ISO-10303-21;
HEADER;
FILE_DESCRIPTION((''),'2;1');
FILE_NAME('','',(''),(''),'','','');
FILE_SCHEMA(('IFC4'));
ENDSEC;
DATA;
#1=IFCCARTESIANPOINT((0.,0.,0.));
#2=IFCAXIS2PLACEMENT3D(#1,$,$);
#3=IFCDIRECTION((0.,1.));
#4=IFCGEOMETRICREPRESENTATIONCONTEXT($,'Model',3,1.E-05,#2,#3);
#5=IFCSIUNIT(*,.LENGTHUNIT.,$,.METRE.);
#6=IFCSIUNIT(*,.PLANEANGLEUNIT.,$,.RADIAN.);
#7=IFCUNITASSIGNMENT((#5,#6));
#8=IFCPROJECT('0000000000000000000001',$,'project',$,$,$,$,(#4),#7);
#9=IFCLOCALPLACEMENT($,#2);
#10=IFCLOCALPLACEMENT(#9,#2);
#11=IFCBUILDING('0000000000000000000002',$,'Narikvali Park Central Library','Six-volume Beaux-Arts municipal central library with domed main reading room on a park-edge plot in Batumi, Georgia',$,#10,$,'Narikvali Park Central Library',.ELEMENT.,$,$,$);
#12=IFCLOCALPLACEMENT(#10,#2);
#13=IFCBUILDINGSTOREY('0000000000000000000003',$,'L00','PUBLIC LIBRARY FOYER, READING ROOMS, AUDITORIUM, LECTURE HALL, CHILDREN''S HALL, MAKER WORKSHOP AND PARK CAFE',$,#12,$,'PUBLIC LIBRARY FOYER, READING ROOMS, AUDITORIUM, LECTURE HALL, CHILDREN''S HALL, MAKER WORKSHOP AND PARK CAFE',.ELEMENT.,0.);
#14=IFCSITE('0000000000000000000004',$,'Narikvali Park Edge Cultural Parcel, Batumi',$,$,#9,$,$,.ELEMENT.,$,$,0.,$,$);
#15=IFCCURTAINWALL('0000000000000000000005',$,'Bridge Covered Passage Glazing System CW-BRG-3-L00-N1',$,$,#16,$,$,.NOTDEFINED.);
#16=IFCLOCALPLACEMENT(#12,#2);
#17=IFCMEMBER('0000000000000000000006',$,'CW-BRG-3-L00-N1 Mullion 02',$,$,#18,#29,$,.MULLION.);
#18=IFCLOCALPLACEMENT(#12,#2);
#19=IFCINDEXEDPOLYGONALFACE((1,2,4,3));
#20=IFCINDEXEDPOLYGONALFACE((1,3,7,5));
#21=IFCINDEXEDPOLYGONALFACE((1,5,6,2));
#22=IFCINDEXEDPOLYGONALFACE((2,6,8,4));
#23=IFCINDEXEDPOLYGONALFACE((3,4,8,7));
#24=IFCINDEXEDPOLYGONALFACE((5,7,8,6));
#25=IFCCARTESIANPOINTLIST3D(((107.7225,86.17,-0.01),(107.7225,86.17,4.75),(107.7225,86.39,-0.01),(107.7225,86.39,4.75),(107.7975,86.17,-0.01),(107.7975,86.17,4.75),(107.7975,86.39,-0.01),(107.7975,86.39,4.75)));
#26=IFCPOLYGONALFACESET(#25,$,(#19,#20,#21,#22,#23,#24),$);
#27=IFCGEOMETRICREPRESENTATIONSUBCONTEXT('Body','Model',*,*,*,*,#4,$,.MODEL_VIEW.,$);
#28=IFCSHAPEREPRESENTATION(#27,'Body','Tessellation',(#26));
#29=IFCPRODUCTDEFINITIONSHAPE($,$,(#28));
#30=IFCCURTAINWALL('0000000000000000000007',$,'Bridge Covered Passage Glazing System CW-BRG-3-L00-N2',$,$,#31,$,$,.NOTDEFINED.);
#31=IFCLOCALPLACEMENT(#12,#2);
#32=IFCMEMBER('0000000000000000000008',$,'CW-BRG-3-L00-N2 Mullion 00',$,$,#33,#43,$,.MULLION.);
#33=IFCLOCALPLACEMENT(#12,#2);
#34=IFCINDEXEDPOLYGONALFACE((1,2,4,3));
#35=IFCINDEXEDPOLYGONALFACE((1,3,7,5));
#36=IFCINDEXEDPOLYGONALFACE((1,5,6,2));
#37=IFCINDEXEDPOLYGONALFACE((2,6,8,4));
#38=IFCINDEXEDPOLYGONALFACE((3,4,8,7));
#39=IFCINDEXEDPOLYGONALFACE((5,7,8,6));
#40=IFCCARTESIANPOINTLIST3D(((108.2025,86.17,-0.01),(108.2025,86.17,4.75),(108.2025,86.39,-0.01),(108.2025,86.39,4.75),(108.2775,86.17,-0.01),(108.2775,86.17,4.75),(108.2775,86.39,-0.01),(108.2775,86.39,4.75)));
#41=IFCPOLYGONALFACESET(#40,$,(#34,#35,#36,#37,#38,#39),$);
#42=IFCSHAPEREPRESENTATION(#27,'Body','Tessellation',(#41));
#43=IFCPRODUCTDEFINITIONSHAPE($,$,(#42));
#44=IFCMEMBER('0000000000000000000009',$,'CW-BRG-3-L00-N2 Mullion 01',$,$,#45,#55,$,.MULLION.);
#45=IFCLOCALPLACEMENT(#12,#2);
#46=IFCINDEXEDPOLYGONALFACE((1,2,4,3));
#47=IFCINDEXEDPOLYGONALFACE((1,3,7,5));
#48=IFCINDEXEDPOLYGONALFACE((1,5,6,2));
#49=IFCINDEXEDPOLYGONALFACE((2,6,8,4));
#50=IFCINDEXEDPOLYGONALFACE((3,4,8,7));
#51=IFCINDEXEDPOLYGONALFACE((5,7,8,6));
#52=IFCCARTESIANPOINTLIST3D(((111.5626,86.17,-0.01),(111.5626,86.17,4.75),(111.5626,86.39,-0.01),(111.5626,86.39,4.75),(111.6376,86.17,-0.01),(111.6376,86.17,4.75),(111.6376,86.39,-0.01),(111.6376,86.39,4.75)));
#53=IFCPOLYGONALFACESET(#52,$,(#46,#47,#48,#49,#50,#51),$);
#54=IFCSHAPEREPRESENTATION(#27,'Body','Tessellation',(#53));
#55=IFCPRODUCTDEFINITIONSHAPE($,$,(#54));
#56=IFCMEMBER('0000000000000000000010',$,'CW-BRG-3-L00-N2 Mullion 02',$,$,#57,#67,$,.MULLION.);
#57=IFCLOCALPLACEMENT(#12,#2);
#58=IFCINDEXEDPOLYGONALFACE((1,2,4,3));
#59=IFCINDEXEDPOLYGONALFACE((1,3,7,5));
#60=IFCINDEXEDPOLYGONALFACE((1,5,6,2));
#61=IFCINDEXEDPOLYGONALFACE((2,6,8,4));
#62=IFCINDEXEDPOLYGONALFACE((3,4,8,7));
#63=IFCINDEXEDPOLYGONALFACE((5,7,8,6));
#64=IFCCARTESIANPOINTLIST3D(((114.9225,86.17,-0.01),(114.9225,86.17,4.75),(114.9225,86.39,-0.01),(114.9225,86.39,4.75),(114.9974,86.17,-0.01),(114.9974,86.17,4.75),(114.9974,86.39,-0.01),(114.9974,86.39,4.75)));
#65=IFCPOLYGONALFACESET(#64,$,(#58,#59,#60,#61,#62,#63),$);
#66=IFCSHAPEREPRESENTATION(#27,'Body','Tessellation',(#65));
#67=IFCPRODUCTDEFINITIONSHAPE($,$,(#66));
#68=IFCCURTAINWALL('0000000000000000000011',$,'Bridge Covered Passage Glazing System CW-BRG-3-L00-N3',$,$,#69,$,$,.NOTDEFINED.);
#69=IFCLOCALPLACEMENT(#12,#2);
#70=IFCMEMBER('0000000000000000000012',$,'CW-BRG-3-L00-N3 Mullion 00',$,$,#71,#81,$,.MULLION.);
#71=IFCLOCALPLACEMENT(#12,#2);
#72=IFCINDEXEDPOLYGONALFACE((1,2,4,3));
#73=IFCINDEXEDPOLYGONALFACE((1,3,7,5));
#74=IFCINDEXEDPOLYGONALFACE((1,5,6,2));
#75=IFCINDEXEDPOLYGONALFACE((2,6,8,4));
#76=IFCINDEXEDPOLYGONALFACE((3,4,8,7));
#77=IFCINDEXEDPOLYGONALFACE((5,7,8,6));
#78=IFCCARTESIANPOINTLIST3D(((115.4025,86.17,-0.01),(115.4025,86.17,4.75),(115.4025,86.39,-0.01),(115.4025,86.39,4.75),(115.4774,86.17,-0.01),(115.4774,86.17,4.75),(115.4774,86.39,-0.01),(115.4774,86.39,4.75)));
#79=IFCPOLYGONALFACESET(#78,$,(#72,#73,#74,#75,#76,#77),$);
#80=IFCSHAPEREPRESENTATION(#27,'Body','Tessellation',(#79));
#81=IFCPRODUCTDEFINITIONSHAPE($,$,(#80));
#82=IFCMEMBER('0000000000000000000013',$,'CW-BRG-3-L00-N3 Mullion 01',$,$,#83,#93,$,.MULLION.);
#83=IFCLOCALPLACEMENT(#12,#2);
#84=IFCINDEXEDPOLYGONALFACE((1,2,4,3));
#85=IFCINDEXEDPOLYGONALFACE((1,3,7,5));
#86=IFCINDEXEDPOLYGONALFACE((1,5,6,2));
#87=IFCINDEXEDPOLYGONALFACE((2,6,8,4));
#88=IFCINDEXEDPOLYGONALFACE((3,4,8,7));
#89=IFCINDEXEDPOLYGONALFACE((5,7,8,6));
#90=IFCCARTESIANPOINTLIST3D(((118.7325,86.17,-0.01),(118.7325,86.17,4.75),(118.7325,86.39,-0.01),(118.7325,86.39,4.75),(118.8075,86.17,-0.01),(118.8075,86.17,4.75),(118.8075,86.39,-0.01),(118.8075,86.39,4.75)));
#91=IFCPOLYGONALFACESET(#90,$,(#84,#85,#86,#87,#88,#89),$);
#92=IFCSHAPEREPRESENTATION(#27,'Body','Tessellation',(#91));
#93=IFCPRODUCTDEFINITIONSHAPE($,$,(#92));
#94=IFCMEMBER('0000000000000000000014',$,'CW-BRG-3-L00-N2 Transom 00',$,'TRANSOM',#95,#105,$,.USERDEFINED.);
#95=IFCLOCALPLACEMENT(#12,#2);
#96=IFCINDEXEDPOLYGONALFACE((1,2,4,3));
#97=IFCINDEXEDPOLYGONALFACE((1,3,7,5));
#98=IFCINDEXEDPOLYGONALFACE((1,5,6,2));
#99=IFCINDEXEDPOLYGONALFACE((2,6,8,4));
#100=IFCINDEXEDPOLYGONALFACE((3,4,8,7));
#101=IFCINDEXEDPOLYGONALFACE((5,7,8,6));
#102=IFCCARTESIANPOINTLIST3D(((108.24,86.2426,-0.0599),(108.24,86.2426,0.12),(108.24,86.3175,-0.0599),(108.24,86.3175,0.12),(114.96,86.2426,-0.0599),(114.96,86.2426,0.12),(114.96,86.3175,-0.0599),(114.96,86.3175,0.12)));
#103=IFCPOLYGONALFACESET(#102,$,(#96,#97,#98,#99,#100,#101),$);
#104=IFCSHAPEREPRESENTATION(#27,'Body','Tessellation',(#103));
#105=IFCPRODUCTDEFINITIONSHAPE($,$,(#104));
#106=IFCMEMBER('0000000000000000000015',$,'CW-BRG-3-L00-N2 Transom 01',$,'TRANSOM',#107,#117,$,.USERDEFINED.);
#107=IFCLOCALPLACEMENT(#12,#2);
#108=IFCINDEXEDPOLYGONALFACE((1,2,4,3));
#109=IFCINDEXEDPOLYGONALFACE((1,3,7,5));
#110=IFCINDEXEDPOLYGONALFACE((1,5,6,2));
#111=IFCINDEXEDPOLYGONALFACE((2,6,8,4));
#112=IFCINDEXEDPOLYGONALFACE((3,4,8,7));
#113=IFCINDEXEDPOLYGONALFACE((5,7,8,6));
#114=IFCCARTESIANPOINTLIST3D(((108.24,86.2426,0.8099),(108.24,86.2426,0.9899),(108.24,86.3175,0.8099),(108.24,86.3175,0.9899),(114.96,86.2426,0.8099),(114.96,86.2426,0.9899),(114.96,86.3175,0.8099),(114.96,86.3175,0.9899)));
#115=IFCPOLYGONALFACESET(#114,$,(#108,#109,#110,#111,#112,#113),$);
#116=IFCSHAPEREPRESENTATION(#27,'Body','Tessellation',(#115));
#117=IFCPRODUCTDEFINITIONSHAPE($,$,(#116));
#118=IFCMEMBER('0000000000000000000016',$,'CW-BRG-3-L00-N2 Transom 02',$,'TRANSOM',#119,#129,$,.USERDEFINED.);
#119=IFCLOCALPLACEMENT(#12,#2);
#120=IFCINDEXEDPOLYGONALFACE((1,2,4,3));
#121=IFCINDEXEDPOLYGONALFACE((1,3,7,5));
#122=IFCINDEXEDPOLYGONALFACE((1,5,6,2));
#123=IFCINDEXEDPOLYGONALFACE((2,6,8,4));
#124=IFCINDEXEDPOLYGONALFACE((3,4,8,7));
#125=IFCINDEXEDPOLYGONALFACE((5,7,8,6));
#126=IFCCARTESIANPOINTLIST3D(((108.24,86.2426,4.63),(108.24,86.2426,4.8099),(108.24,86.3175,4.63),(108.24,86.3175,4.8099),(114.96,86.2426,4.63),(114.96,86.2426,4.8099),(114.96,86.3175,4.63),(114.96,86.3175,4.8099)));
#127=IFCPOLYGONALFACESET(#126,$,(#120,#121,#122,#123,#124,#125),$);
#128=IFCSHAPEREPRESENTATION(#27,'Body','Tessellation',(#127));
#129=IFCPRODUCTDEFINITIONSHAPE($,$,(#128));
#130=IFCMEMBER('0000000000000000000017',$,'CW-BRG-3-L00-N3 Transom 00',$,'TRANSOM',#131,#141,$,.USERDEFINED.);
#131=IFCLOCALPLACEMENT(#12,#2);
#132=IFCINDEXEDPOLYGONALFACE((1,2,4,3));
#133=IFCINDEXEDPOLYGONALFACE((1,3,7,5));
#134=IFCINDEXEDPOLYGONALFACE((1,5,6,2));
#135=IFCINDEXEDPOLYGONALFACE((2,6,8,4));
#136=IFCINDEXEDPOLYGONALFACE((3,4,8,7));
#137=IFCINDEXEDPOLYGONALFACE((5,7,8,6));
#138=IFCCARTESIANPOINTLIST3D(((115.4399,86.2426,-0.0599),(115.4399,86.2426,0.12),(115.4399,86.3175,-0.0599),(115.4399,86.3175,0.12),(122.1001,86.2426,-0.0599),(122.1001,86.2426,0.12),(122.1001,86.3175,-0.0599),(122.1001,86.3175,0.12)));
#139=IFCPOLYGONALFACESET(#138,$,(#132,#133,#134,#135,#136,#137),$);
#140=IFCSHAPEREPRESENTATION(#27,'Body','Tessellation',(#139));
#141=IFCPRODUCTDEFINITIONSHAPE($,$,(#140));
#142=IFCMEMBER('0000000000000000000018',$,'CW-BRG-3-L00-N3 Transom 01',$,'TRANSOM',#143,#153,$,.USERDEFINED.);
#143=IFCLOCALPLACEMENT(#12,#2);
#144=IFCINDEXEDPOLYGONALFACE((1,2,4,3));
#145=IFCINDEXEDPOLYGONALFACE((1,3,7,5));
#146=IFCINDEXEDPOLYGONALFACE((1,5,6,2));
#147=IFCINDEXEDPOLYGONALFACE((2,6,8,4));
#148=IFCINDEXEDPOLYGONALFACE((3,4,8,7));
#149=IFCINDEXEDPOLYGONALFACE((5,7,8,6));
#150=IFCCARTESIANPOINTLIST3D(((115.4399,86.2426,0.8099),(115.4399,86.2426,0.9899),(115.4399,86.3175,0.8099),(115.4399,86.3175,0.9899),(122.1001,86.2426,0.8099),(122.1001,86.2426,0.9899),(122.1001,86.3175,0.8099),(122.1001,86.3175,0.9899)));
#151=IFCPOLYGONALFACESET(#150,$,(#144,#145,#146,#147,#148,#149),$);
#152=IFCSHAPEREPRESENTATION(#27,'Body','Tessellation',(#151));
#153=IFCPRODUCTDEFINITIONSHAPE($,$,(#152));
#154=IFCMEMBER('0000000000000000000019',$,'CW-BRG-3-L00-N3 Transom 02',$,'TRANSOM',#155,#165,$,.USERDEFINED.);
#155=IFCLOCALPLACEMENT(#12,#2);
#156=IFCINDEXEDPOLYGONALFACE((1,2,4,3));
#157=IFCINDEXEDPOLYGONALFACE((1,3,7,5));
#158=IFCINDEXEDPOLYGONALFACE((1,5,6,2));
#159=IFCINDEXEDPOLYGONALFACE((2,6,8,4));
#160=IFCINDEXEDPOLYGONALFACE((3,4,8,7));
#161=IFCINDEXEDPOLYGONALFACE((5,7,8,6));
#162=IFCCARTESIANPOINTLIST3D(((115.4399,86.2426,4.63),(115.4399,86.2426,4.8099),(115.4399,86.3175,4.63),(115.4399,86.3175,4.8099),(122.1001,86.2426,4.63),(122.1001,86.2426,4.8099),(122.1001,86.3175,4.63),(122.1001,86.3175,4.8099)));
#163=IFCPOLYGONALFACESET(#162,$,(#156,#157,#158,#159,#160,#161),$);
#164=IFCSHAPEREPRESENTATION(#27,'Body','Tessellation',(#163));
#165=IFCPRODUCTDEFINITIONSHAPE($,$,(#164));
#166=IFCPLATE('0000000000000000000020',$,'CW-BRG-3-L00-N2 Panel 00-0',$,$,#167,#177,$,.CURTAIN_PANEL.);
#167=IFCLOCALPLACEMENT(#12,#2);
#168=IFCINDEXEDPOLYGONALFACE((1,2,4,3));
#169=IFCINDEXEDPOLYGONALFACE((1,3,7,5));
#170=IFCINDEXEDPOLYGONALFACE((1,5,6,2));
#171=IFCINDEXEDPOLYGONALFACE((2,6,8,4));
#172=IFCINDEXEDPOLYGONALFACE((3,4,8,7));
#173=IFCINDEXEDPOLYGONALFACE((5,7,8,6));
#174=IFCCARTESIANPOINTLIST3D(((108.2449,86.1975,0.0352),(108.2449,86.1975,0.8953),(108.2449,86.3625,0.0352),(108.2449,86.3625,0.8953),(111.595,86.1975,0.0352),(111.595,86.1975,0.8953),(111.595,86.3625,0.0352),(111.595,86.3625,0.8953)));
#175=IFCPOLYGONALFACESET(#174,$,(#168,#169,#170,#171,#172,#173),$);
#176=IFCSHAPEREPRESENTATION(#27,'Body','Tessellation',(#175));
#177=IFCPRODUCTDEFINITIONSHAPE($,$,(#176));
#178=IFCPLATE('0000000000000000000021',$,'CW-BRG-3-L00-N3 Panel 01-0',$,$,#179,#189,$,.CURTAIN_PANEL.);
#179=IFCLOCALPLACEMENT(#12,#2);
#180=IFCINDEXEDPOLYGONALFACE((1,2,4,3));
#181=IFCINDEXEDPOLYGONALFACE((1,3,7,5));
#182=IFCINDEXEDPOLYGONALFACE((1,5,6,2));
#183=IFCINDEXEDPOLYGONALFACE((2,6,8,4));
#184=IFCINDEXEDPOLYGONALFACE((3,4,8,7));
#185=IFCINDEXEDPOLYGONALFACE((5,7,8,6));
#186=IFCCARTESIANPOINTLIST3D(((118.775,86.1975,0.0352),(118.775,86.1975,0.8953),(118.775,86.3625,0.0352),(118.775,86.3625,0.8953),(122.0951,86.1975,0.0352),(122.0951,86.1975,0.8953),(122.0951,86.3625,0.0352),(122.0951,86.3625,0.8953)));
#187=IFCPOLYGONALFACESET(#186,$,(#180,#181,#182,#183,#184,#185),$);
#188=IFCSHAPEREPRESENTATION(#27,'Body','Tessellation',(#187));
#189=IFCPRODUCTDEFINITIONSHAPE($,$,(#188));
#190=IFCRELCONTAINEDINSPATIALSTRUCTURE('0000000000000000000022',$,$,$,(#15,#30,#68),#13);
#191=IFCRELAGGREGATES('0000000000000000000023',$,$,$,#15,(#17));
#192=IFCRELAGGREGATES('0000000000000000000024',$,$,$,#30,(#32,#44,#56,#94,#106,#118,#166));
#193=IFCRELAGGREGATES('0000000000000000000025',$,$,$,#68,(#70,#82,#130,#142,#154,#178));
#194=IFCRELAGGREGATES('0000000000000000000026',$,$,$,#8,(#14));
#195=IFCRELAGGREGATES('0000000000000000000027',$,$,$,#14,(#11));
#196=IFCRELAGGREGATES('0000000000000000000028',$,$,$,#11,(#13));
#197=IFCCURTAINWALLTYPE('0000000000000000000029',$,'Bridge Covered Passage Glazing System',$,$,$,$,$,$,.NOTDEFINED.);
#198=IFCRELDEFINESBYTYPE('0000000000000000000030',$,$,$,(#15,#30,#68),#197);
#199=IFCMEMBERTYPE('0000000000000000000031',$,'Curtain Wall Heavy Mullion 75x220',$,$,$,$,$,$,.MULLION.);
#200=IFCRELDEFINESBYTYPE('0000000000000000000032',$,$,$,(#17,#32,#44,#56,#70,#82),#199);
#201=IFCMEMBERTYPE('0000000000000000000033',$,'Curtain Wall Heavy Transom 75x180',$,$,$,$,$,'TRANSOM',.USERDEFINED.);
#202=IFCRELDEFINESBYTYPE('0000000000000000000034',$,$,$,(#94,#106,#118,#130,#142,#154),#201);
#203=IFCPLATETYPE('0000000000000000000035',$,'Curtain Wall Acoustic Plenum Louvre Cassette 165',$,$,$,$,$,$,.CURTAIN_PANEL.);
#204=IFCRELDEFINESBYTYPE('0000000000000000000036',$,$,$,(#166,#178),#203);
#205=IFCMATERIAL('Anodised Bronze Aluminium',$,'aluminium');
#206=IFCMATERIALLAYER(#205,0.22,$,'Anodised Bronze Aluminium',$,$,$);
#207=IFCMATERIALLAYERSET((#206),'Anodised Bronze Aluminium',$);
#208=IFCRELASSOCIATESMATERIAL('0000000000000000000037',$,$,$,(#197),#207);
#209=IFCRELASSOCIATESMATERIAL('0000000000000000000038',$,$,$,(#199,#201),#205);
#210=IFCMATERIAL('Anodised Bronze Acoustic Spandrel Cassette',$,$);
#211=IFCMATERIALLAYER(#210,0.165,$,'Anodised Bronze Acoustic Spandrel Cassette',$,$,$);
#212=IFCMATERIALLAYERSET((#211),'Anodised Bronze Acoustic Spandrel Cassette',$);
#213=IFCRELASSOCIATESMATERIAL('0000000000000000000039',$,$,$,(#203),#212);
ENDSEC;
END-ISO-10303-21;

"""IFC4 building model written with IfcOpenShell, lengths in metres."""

from ifc_helpers import new_model, si_unit, direction, frame, origin, origin_2d, place, context, subcontext, project, spatial, rectangle, extrude, material, layer, layer_set, material_profile, profile_set, type_object, element, aggregate, save


model = new_model("IFC4")

# Units and contexts
model_context = context("Model", 3, precision=1e-05, world=origin(), true_north=direction((0.0, 1.0)))
body_context = subcontext(model_context, "Body", "Model", "MODEL_VIEW")
ifc_project = project(units=[si_unit("LENGTHUNIT", "METRE"), si_unit("PLANEANGLEUNIT", "RADIAN")], contexts=[model_context])

# Site, building, storey
site_placement = place(None, origin())
site = spatial("IfcSite", under=ifc_project, at=site_placement, Name="Narikvali Park Edge Cultural Parcel, Batumi", CompositionType="ELEMENT", RefElevation=0.0)
building_placement = place(site_placement, origin())
building = spatial("IfcBuilding", under=site, at=building_placement, Name="Narikvali Park Central Library", Description="Six-volume Beaux-Arts municipal central library with domed main reading room on a park-edge plot in Batumi, Georgia", LongName="Narikvali Park Central Library", CompositionType="ELEMENT")
storey_placement = place(building_placement, origin())
storey = spatial("IfcBuildingStorey", under=building, at=storey_placement, Name="L00", Description="PUBLIC LIBRARY FOYER, READING ROOMS, AUDITORIUM, LECTURE HALL, CHILDREN'S HALL, MAKER WORKSHOP AND PARK CAFE", LongName="PUBLIC LIBRARY FOYER, READING ROOMS, AUDITORIUM, LECTURE HALL, CHILDREN'S HALL, MAKER WORKSHOP AND PARK CAFE", CompositionType="ELEMENT", Elevation=0.0)

# Curtain wall, member
ifc_material_1 = material(Name="Anodised Bronze Aluminium", Category="aluminium")
ifc_layer_1 = layer(ifc_material_1, 0.22, Name="Anodised Bronze Aluminium")
ifc_layer_set_1 = layer_set([ifc_layer_1], Name="Anodised Bronze Aluminium")
curtain_wall_type = type_object("IfcCurtainWallType", Name="Bridge Covered Passage Glazing System", PredefinedType="NOTDEFINED", material=ifc_layer_set_1)
curtain_wall_1_placement = place(storey_placement, origin())
curtain_wall_1 = element("IfcCurtainWall", 1, at=curtain_wall_1_placement, inside=storey, type_object=curtain_wall_type, Name="Bridge Covered Passage Glazing System CW-BRG-3-L00-N1", PredefinedType="NOTDEFINED")
ifc_material_profile_1 = material_profile(ifc_material_1, rectangle(XDim=0.075, YDim=0.22, at=origin_2d()), Name="CW MULLION 75x220")
ifc_profile_set_1 = profile_set([ifc_material_profile_1], Name="Anodised Bronze Aluminium")
member_type_1 = type_object("IfcMemberType", Name="Curtain Wall Heavy Mullion 75x220", PredefinedType="MULLION", material=ifc_profile_set_1)
member_1_placement = place(storey_placement, frame((107.76, 86.28, -0.01), z_axis=(0.0, 0.0, 1.0), x_axis=(1.0, 0.0, 0.0)))
member_1 = element("IfcMember", 2, at=member_1_placement, type_object=member_type_1, Name="CW-BRG-3-L00-N1 Mullion 02", PredefinedType="MULLION", context=body_context, shape_type="SweptSolid", body=[
    extrude(rectangle(XDim=0.075, YDim=0.22, at=origin_2d()), origin(), (0.0, 0.0, 1.0), 4.76),
])
aggregate(curtain_wall_1, [member_1])

# Curtain walls, members
curtain_wall_2_placement = place(storey_placement, origin())
curtain_wall_2 = element("IfcCurtainWall", 3, at=curtain_wall_2_placement, inside=storey, type_object=curtain_wall_type, Name="Bridge Covered Passage Glazing System CW-BRG-3-L00-N2", PredefinedType="NOTDEFINED")
member_2_placement = place(storey_placement, frame((108.24, 86.28, -0.01), z_axis=(0.0, 0.0, 1.0), x_axis=(1.0, 0.0, 0.0)))
member_2 = element("IfcMember", 4, at=member_2_placement, type_object=member_type_1, Name="CW-BRG-3-L00-N2 Mullion 00", PredefinedType="MULLION", context=body_context, shape_type="SweptSolid", body=[
    extrude(rectangle(XDim=0.075, YDim=0.22, at=origin_2d()), origin(), (0.0, 0.0, 1.0), 4.76),
])
member_3_placement = place(storey_placement, frame((111.6001, 86.28, -0.01), z_axis=(0.0, 0.0, 1.0), x_axis=(1.0, 0.0, 0.0)))
member_3 = element("IfcMember", 5, at=member_3_placement, type_object=member_type_1, Name="CW-BRG-3-L00-N2 Mullion 01", PredefinedType="MULLION", context=body_context, shape_type="SweptSolid", body=[
    extrude(rectangle(XDim=0.075, YDim=0.22, at=origin_2d()), origin(), (0.0, 0.0, 1.0), 4.76),
])
member_4_placement = place(storey_placement, frame((114.96, 86.28, -0.01), z_axis=(0.0, 0.0, 1.0), x_axis=(1.0, 0.0, 0.0)))
member_4 = element("IfcMember", 6, at=member_4_placement, type_object=member_type_1, Name="CW-BRG-3-L00-N2 Mullion 02", PredefinedType="MULLION", context=body_context, shape_type="SweptSolid", body=[
    extrude(rectangle(XDim=0.075, YDim=0.22, at=origin_2d()), origin(), (0.0, 0.0, 1.0), 4.76),
])
curtain_wall_3_placement = place(storey_placement, origin())
curtain_wall_3 = element("IfcCurtainWall", 7, at=curtain_wall_3_placement, inside=storey, type_object=curtain_wall_type, Name="Bridge Covered Passage Glazing System CW-BRG-3-L00-N3", PredefinedType="NOTDEFINED")
member_5_placement = place(storey_placement, frame((115.4399, 86.28, -0.01), z_axis=(0.0, 0.0, 1.0), x_axis=(1.0, 0.0, 0.0)))
member_5 = element("IfcMember", 8, at=member_5_placement, type_object=member_type_1, Name="CW-BRG-3-L00-N3 Mullion 00", PredefinedType="MULLION", context=body_context, shape_type="SweptSolid", body=[
    extrude(rectangle(XDim=0.075, YDim=0.22, at=origin_2d()), origin(), (0.0, 0.0, 1.0), 4.76),
])
member_6_placement = place(storey_placement, frame((118.77, 86.28, -0.01), z_axis=(0.0, 0.0, 1.0), x_axis=(1.0, 0.0, 0.0)))
member_6 = element("IfcMember", 9, at=member_6_placement, type_object=member_type_1, Name="CW-BRG-3-L00-N3 Mullion 01", PredefinedType="MULLION", context=body_context, shape_type="SweptSolid", body=[
    extrude(rectangle(XDim=0.075, YDim=0.22, at=origin_2d()), origin(), (0.0, 0.0, 1.0), 4.76),
])

# Members
ifc_material_profile_2 = material_profile(ifc_material_1, rectangle(XDim=0.075, YDim=0.1799, at=origin_2d()), Name="CW TRANSOM 75x180")
ifc_profile_set_2 = profile_set([ifc_material_profile_2], Name="Anodised Bronze Aluminium")
member_type_2 = type_object("IfcMemberType", Name="Curtain Wall Heavy Transom 75x180", ElementType="TRANSOM", PredefinedType="USERDEFINED", material=ifc_profile_set_2)
member_7_placement = place(storey_placement, frame((108.24, 86.28, 0.03), z_axis=(1.0, 0.0, 0.0), x_axis=(0.0, 1.0, 0.0)))
member_7 = element("IfcMember", 10, at=member_7_placement, type_object=member_type_2, Name="CW-BRG-3-L00-N2 Transom 00", ObjectType="TRANSOM", PredefinedType="USERDEFINED", context=body_context, shape_type="SweptSolid", body=[
    extrude(rectangle(XDim=0.075, YDim=0.1799, at=origin_2d()), origin(), (0.0, 0.0, 1.0), 6.72),
])
member_8_placement = place(storey_placement, frame((108.24, 86.28, 0.8999), z_axis=(1.0, 0.0, 0.0), x_axis=(0.0, 1.0, 0.0)))
member_8 = element("IfcMember", 11, at=member_8_placement, type_object=member_type_2, Name="CW-BRG-3-L00-N2 Transom 01", ObjectType="TRANSOM", PredefinedType="USERDEFINED", context=body_context, shape_type="SweptSolid", body=[
    extrude(rectangle(XDim=0.075, YDim=0.1799, at=origin_2d()), origin(), (0.0, 0.0, 1.0), 6.72),
])
member_9_placement = place(storey_placement, frame((108.24, 86.28, 4.72), z_axis=(1.0, 0.0, 0.0), x_axis=(0.0, 1.0, 0.0)))
member_9 = element("IfcMember", 12, at=member_9_placement, type_object=member_type_2, Name="CW-BRG-3-L00-N2 Transom 02", ObjectType="TRANSOM", PredefinedType="USERDEFINED", context=body_context, shape_type="SweptSolid", body=[
    extrude(rectangle(XDim=0.075, YDim=0.1799, at=origin_2d()), origin(), (0.0, 0.0, 1.0), 6.72),
])
member_10_placement = place(storey_placement, frame((115.4399, 86.28, 0.03), z_axis=(1.0, 0.0, 0.0), x_axis=(0.0, 1.0, 0.0)))
member_10 = element("IfcMember", 13, at=member_10_placement, type_object=member_type_2, Name="CW-BRG-3-L00-N3 Transom 00", ObjectType="TRANSOM", PredefinedType="USERDEFINED", context=body_context, shape_type="SweptSolid", body=[
    extrude(rectangle(XDim=0.075, YDim=0.1799, at=origin_2d()), origin(), (0.0, 0.0, 1.0), 6.6602),
])
member_11_placement = place(storey_placement, frame((115.4399, 86.28, 0.8999), z_axis=(1.0, 0.0, 0.0), x_axis=(0.0, 1.0, 0.0)))
member_11 = element("IfcMember", 14, at=member_11_placement, type_object=member_type_2, Name="CW-BRG-3-L00-N3 Transom 01", ObjectType="TRANSOM", PredefinedType="USERDEFINED", context=body_context, shape_type="SweptSolid", body=[
    extrude(rectangle(XDim=0.075, YDim=0.1799, at=origin_2d()), origin(), (0.0, 0.0, 1.0), 6.6602),
])
member_12_placement = place(storey_placement, frame((115.4399, 86.28, 4.72), z_axis=(1.0, 0.0, 0.0), x_axis=(0.0, 1.0, 0.0)))
member_12 = element("IfcMember", 15, at=member_12_placement, type_object=member_type_2, Name="CW-BRG-3-L00-N3 Transom 02", ObjectType="TRANSOM", PredefinedType="USERDEFINED", context=body_context, shape_type="SweptSolid", body=[
    extrude(rectangle(XDim=0.075, YDim=0.1799, at=origin_2d()), origin(), (0.0, 0.0, 1.0), 6.6602),
])

# Plates
ifc_material_2 = material(Name="Anodised Bronze Acoustic Spandrel Cassette")
ifc_layer_2 = layer(ifc_material_2, 0.165, Name="Anodised Bronze Acoustic Spandrel Cassette")
ifc_layer_set_2 = layer_set([ifc_layer_2], Name="Anodised Bronze Acoustic Spandrel Cassette")
plate_type_1 = type_object("IfcPlateType", Name="Curtain Wall Acoustic Plenum Louvre Cassette 165", PredefinedType="CURTAIN_PANEL", material=ifc_layer_set_2)
plate_1_placement = place(storey_placement, frame((109.9199, 86.28, 0.0352), z_axis=(0.0, 0.0, 1.0), x_axis=(1.0, 0.0, 0.0)))
plate_1 = element("IfcPlate", 16, at=plate_1_placement, type_object=plate_type_1, Name="CW-BRG-3-L00-N2 Panel 00-0", PredefinedType="CURTAIN_PANEL", context=body_context, shape_type="SweptSolid", body=[
    extrude(rectangle(XDim=3.3501, YDim=0.165, at=origin_2d()), origin(), (0.0, 0.0, 1.0), 0.8601),
])
plate_2_placement = place(storey_placement, frame((120.4351, 86.28, 0.0352), z_axis=(0.0, 0.0, 1.0), x_axis=(1.0, 0.0, 0.0)))
plate_2 = element("IfcPlate", 17, at=plate_2_placement, type_object=plate_type_1, Name="CW-BRG-3-L00-N3 Panel 01-0", PredefinedType="CURTAIN_PANEL", context=body_context, shape_type="SweptSolid", body=[
    extrude(rectangle(XDim=3.3201, YDim=0.165, at=origin_2d()), origin(), (0.0, 0.0, 1.0), 0.8601),
])
aggregate(curtain_wall_2, [member_2, member_3, member_4, member_7, member_8, member_9, plate_1])
aggregate(curtain_wall_3, [member_5, member_6, member_10, member_11, member_12, plate_2])

save(model, "model.ifc")
